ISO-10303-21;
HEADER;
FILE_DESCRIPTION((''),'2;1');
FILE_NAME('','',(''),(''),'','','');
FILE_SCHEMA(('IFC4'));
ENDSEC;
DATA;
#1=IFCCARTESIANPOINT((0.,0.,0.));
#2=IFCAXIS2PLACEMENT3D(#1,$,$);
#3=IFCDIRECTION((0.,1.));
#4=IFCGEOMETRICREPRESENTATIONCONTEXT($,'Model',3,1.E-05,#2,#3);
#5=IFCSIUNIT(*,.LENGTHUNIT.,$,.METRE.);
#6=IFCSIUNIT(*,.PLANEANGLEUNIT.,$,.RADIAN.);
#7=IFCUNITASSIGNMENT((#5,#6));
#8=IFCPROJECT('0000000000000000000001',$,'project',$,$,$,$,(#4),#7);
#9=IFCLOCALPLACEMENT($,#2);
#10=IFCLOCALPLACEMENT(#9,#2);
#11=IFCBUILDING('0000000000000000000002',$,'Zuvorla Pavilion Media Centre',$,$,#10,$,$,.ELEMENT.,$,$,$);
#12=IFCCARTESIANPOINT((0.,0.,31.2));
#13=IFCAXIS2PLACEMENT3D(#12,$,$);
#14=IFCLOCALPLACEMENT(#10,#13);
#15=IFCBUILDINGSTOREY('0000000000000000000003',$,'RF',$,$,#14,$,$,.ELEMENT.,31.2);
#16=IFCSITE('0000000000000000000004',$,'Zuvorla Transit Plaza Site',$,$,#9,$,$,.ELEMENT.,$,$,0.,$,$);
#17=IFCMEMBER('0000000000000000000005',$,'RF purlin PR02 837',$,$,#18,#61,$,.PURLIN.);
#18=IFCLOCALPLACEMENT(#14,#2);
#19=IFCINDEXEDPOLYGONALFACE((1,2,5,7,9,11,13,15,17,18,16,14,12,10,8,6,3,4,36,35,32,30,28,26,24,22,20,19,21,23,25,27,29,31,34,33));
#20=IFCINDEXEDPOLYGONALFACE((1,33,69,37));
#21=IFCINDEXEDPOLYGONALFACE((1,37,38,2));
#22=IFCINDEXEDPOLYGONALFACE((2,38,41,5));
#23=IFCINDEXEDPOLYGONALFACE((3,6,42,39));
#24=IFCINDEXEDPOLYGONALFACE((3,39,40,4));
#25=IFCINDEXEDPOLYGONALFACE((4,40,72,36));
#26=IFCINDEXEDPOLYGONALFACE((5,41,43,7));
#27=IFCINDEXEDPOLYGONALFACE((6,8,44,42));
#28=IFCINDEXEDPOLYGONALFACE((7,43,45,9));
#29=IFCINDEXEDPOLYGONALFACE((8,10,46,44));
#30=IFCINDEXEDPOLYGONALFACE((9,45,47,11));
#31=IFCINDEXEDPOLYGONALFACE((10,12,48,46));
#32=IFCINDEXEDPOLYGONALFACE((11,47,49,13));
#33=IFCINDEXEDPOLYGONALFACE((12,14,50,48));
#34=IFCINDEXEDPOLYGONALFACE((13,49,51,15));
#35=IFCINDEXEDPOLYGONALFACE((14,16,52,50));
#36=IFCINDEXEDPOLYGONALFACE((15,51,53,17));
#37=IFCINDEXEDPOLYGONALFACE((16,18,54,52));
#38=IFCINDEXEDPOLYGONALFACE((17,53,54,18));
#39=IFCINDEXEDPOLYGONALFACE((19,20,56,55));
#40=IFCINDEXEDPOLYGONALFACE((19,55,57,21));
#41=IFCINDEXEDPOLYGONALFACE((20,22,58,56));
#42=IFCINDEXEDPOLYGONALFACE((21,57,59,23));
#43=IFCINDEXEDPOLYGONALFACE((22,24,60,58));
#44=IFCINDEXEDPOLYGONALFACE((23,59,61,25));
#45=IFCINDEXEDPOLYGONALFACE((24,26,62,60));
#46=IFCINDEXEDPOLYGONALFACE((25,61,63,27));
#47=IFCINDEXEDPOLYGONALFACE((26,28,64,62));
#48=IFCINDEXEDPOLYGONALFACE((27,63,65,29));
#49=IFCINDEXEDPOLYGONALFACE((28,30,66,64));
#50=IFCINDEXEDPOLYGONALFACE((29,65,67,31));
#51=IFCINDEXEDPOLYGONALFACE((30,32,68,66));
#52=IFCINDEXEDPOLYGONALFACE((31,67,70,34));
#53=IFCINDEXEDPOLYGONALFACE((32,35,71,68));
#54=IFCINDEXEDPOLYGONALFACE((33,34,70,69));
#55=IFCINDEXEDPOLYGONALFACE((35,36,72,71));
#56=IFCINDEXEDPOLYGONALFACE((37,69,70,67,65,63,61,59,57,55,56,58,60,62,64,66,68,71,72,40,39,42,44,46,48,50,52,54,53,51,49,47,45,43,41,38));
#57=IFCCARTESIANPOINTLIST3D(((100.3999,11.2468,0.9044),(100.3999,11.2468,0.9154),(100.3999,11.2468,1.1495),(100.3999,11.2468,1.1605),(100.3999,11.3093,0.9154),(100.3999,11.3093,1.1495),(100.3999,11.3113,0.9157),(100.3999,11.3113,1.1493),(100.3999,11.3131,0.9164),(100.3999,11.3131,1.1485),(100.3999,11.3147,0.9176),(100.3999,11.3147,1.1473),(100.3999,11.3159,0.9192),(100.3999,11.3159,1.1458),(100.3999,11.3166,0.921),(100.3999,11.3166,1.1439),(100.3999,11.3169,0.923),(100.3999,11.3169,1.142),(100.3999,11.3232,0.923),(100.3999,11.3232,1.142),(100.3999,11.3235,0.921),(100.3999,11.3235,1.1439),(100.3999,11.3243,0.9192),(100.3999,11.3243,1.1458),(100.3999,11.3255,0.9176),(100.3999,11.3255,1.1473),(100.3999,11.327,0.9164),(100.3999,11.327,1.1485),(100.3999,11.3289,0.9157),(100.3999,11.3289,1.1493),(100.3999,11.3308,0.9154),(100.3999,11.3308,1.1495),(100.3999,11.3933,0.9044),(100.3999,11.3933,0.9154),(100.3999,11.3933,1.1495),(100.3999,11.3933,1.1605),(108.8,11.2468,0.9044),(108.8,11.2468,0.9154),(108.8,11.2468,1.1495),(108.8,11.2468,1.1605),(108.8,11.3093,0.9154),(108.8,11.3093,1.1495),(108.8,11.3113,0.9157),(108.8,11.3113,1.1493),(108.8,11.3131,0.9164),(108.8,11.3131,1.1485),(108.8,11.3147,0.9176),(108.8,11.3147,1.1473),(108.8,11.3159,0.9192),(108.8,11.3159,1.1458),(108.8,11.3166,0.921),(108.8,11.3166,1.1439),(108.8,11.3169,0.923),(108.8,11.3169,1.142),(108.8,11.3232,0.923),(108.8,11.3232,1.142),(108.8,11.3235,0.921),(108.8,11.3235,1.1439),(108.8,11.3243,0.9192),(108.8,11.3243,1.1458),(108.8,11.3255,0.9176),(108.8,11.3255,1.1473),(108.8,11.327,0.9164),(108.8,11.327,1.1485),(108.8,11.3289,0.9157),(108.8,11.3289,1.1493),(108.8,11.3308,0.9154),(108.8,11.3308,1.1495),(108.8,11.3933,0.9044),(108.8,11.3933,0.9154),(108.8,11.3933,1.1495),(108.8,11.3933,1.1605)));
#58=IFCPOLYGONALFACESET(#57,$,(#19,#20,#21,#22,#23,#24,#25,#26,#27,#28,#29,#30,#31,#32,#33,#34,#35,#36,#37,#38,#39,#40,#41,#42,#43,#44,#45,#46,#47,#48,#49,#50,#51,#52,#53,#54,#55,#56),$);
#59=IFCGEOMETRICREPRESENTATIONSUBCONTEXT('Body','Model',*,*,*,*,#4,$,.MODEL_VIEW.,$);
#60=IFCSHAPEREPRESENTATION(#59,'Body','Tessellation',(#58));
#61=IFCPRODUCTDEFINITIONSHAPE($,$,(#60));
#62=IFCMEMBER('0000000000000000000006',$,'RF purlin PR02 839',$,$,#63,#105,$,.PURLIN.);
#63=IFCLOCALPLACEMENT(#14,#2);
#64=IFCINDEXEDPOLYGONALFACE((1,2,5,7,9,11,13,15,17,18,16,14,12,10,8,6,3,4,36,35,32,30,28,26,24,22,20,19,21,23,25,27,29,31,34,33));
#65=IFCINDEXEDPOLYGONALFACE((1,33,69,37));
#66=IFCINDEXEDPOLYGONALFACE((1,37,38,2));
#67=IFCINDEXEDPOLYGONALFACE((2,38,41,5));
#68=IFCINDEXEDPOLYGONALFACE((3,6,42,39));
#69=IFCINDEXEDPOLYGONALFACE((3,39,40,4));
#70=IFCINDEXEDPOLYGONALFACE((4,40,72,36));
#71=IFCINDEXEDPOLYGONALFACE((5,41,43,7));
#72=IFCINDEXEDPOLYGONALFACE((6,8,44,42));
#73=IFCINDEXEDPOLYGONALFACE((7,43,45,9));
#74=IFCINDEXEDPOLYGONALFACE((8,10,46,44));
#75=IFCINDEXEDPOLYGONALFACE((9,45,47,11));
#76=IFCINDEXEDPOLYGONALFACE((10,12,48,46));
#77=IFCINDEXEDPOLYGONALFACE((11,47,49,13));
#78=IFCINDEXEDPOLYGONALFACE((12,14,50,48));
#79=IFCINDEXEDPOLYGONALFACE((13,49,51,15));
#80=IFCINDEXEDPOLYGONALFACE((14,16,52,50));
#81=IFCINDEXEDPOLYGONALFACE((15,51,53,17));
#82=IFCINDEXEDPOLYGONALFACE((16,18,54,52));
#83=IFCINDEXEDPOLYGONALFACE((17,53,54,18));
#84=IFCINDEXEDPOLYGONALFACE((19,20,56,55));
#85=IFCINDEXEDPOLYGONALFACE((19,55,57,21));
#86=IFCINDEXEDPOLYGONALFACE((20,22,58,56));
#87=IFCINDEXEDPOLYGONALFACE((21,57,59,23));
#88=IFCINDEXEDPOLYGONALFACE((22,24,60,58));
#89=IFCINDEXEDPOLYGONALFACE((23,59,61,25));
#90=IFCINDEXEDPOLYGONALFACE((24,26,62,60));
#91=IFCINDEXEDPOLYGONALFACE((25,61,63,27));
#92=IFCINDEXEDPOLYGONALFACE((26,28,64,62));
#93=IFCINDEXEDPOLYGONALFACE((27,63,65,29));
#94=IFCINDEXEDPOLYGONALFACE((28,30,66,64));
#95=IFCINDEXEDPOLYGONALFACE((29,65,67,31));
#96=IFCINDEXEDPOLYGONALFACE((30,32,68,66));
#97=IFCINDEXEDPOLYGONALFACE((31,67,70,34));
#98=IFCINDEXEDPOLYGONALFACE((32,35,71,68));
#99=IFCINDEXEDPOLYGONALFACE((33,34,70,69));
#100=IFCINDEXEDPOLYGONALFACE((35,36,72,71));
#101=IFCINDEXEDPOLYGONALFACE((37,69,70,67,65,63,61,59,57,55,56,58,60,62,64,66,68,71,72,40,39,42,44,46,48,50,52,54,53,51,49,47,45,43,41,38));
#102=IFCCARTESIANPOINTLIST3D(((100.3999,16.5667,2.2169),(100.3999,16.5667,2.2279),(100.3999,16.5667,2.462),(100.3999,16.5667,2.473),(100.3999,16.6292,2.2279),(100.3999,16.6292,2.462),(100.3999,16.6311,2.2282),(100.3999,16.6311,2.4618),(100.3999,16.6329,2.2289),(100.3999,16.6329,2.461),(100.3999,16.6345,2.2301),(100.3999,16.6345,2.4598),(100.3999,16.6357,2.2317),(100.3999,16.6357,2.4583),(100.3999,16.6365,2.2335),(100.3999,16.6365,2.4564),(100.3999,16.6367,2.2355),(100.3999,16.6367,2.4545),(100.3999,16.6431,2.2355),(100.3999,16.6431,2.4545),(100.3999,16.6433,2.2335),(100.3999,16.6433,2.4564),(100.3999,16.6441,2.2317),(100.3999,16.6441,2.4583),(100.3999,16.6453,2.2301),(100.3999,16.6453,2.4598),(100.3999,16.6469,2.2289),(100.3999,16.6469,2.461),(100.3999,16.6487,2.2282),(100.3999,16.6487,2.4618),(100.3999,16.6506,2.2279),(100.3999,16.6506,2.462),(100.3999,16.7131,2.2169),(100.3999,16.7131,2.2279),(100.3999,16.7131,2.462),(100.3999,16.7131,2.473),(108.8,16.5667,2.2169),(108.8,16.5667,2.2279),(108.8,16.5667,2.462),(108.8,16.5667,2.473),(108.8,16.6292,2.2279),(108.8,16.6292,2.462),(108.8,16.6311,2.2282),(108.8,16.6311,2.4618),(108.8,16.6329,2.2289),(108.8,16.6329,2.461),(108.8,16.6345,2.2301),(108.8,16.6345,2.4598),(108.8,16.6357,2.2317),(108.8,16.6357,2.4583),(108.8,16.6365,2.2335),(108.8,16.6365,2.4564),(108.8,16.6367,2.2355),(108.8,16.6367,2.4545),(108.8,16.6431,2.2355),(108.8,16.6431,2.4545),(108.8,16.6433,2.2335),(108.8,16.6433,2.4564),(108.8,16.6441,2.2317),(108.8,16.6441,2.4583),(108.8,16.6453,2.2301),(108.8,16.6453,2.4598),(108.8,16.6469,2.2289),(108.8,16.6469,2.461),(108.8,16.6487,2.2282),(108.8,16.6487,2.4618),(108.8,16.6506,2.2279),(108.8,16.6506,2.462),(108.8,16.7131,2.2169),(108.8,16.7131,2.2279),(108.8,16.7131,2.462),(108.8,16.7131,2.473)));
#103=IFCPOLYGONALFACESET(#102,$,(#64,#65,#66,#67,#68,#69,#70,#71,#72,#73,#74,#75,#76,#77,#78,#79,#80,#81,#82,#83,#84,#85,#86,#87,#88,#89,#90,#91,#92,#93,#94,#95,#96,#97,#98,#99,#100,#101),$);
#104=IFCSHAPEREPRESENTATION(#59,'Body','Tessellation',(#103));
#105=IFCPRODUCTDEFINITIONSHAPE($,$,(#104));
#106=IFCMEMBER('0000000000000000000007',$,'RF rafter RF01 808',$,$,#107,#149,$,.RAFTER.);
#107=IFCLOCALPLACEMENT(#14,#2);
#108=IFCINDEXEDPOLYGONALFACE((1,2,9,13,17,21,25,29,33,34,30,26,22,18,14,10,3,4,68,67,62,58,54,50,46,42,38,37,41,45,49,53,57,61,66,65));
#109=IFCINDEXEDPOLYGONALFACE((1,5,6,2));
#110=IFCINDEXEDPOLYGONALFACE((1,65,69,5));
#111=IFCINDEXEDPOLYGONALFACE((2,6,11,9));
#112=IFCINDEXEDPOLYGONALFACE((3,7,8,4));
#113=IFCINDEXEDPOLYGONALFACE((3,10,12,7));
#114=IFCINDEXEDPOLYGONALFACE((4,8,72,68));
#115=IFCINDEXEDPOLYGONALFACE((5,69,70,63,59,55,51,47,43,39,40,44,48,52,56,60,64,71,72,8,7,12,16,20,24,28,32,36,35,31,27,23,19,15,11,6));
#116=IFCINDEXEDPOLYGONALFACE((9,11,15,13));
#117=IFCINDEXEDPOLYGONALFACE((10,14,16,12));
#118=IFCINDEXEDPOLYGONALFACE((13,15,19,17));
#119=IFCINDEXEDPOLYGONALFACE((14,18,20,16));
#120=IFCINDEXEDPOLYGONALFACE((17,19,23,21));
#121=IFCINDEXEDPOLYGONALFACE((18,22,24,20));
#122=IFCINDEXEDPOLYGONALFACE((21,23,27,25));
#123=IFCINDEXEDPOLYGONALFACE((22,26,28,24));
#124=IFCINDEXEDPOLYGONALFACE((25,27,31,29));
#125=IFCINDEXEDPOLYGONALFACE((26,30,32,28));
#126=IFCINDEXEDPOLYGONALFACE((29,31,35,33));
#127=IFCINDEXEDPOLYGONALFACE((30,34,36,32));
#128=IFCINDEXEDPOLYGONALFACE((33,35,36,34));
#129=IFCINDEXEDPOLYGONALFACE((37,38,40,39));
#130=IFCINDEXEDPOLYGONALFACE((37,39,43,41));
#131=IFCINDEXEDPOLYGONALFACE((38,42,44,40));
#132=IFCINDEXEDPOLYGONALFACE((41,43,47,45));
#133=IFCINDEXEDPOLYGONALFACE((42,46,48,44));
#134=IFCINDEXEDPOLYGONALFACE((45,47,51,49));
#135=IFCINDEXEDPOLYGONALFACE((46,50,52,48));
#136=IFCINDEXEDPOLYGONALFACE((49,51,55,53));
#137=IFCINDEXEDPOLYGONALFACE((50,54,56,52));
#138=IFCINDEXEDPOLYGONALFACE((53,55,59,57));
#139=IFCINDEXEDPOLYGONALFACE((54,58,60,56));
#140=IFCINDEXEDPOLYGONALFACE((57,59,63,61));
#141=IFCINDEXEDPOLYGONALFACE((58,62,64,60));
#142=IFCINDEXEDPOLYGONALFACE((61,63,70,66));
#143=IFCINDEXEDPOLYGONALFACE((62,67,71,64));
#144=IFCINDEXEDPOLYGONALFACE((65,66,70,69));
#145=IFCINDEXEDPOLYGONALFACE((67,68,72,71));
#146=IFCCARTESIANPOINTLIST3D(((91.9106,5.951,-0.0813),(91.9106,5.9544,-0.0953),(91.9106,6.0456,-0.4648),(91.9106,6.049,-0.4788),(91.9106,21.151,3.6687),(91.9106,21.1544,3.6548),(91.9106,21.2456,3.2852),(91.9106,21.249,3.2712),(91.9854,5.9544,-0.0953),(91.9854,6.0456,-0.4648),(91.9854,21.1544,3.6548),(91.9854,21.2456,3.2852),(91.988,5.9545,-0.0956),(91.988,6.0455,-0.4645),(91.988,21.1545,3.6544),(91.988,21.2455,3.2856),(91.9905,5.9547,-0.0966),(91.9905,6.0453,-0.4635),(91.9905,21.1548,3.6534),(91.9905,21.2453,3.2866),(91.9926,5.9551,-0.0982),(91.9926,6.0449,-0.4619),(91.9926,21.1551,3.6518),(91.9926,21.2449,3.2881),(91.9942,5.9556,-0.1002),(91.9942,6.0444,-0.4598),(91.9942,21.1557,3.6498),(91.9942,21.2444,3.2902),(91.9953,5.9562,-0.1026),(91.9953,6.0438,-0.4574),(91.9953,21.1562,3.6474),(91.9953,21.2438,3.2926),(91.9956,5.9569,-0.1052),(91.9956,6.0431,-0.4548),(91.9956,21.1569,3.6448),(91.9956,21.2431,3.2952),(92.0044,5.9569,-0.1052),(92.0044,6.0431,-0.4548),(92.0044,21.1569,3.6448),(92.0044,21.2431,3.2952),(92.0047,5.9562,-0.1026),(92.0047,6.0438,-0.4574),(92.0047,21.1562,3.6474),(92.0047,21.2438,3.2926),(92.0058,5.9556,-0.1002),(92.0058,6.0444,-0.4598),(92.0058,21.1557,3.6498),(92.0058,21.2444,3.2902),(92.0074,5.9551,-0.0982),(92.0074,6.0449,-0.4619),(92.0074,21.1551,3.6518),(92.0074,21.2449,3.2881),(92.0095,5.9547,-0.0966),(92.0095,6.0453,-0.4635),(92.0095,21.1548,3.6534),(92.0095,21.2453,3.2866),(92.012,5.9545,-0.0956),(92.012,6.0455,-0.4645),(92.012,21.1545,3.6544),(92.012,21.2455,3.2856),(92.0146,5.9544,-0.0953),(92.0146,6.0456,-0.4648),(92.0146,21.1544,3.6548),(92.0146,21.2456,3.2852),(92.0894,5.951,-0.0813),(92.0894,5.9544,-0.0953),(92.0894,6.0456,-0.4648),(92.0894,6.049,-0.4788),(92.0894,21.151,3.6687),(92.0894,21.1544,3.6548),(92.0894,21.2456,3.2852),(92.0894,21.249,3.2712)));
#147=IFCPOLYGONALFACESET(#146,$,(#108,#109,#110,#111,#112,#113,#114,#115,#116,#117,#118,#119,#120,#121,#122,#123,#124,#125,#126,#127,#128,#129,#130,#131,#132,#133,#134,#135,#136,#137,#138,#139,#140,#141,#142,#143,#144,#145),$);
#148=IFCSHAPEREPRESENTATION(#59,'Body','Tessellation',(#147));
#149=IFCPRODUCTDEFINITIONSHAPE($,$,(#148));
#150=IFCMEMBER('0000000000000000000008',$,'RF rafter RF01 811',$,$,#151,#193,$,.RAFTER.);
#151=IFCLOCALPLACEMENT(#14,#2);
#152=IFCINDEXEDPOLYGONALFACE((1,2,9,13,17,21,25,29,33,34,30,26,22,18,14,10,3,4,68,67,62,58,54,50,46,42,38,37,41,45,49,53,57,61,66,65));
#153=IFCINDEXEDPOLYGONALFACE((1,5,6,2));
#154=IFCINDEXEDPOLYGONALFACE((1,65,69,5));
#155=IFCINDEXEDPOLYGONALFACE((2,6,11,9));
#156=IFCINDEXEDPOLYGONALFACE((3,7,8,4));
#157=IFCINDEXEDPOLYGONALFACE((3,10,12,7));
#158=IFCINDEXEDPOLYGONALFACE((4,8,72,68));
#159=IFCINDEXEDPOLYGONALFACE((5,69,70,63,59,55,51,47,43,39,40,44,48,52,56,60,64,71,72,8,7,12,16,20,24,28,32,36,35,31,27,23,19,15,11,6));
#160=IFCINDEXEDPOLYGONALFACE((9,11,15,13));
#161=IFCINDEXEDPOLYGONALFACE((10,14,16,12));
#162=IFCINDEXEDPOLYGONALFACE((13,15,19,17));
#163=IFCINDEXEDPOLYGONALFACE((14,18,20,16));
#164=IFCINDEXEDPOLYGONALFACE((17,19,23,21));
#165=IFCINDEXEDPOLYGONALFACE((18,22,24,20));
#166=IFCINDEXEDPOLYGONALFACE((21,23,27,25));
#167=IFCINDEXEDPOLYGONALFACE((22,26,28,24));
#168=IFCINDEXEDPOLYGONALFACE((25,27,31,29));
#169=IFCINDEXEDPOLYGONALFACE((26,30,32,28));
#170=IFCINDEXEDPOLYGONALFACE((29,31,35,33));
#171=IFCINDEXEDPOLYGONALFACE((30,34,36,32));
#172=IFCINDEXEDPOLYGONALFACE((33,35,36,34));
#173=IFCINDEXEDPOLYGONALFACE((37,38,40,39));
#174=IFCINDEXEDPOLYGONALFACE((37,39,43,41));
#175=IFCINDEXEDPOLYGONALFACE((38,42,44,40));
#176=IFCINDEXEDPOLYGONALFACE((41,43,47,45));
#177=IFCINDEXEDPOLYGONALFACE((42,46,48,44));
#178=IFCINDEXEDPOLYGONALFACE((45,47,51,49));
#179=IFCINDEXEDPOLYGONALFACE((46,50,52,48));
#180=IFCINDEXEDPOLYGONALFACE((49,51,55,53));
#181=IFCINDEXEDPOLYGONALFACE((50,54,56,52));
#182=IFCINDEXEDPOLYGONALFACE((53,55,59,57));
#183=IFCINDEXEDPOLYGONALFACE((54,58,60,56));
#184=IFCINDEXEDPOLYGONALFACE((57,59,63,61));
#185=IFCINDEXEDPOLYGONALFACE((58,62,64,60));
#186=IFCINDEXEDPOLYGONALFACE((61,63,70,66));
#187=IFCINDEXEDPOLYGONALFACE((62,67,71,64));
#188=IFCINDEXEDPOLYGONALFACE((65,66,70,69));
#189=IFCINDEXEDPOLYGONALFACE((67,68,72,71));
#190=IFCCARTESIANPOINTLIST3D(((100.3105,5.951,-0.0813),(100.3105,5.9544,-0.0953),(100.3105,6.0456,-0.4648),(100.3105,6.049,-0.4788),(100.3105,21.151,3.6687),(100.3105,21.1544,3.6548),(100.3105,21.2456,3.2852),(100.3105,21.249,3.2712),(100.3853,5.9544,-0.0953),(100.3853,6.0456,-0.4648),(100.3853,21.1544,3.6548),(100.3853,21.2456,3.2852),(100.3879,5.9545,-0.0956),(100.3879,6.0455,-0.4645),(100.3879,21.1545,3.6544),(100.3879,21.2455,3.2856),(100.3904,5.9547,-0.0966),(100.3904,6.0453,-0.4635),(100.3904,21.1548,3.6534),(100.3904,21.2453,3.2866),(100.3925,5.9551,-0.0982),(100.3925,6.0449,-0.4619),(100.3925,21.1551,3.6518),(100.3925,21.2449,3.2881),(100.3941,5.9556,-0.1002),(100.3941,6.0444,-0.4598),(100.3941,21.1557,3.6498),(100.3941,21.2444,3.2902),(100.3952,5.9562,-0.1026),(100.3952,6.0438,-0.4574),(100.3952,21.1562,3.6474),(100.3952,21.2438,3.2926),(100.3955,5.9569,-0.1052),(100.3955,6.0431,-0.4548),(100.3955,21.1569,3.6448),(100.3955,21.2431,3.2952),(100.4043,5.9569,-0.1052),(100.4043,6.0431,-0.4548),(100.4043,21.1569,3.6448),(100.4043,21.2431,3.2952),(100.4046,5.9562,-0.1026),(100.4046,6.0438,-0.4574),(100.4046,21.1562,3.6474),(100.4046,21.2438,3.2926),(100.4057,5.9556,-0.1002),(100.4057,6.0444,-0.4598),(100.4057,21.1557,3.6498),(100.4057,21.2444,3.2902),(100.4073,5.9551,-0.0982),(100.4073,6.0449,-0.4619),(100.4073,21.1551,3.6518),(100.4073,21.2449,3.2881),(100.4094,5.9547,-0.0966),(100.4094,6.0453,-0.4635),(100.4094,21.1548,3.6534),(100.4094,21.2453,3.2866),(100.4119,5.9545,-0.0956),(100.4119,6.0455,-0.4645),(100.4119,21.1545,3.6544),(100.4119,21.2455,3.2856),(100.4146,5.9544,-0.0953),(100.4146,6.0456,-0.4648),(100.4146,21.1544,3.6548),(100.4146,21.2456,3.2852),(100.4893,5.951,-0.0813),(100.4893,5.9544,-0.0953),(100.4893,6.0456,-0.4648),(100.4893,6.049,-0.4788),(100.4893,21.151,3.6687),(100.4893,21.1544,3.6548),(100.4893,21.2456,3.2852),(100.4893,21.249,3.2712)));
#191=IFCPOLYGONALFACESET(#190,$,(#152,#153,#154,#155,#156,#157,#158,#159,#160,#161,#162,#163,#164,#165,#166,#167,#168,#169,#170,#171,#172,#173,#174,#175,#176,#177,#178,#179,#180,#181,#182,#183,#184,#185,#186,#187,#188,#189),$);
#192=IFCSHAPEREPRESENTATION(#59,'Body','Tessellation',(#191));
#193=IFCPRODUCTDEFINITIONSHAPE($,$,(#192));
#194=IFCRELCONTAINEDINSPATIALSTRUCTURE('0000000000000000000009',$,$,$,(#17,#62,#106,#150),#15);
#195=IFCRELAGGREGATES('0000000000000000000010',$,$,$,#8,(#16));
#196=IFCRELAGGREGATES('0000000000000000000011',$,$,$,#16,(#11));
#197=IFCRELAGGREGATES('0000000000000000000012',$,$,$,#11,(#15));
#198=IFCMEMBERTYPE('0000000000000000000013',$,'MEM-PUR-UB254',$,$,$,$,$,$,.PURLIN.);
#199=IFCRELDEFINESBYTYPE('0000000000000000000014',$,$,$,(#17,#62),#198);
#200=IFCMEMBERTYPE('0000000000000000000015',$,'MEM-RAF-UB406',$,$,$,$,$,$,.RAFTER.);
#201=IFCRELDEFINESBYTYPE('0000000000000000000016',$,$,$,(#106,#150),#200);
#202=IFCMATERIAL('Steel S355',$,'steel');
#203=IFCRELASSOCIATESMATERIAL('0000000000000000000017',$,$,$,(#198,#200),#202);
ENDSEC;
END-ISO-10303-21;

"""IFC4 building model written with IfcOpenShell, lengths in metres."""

from ifc_helpers import new_model, si_unit, direction, frame, origin, origin_2d, place, context, subcontext, project, spatial, i_section, extrude, material, material_profile, profile_set, type_object, element, save


model = new_model("IFC4")

# Units and contexts
model_context = context("Model", 3, precision=1e-05, world=origin(), true_north=direction((0.0, 1.0)))
body_context = subcontext(model_context, "Body", "Model", "MODEL_VIEW")
ifc_project = project(units=[si_unit("LENGTHUNIT", "METRE"), si_unit("PLANEANGLEUNIT", "RADIAN")], contexts=[model_context])

# Site, building, storey
site_placement = place(None, origin())
site = spatial("IfcSite", under=ifc_project, at=site_placement, Name="Zuvorla Transit Plaza Site", CompositionType="ELEMENT", RefElevation=0.0)
building_placement = place(site_placement, origin())
building = spatial("IfcBuilding", under=site, at=building_placement, Name="Zuvorla Pavilion Media Centre", CompositionType="ELEMENT")
storey_placement = place(building_placement, frame((0.0, 0.0, 31.2)))
storey = spatial("IfcBuildingStorey", under=building, at=storey_placement, Name="RF", CompositionType="ELEMENT", Elevation=31.2)

# Shared definitions
ifc_material = material(Name="Steel S355", Category="steel")

# Members
ifc_material_profile_1 = material_profile(ifc_material, i_section(OverallWidth=0.1465, OverallDepth=0.2561, WebThickness=0.0063, FlangeThickness=0.011, FilletRadius=0.0076, at=origin_2d()), Name="UB 254x146x37")
ifc_profile_set_1 = profile_set([ifc_material_profile_1], Name="Steel S355")
member_type_1 = type_object("IfcMemberType", Name="MEM-PUR-UB254", PredefinedType="PURLIN", material=ifc_profile_set_1)
for number, where, z_axis, x_axis, name in (
    (1, (100.3999, 11.3201, 1.0325), (1.0, 0.0, 0.0), (0.0, 1.0, 0.0), "RF purlin PR02 837"),
    (2, (100.3999, 16.6399, 2.345), (1.0, 0.0, 0.0), (0.0, 1.0, 0.0), "RF purlin PR02 839"),
):
    element("IfcMember", number, at=place(storey_placement, frame(where, z_axis=z_axis, x_axis=x_axis)), inside=storey, type_object=member_type_1, Name=name, PredefinedType="PURLIN", context=body_context, shape_type="SweptSolid", body=[
        extrude(i_section(OverallWidth=0.1465, OverallDepth=0.2561, WebThickness=0.0063, FlangeThickness=0.011, FilletRadius=0.0076, at=origin_2d()), origin(), (0.0, 0.0, 1.0), 8.4001),
    ])
ifc_material_profile_2 = material_profile(ifc_material, i_section(OverallWidth=0.1787, OverallDepth=0.4094, WebThickness=0.0088, FlangeThickness=0.0144, FilletRadius=0.0103, at=origin_2d()), Name="UB 406x178x67")
ifc_profile_set_2 = profile_set([ifc_material_profile_2], Name="Steel S355")
member_type_2 = type_object("IfcMemberType", Name="MEM-RAF-UB406", PredefinedType="RAFTER", material=ifc_profile_set_2)
for number, where, z_axis, x_axis, name in (
    (3, (92.0, 6.0, -0.28), (0.0, 0.970889, 0.239529), (-1.0, 0.0, 0.0), "RF rafter RF01 808"),
    (4, (100.3999, 6.0, -0.28), (0.0, 0.970889, 0.239529), (-1.0, 0.0, 0.0), "RF rafter RF01 811"),
):
    element("IfcMember", number, at=place(storey_placement, frame(where, z_axis=z_axis, x_axis=x_axis)), inside=storey, type_object=member_type_2, Name=name, PredefinedType="RAFTER", context=body_context, shape_type="SweptSolid", body=[
        extrude(i_section(OverallWidth=0.1787, OverallDepth=0.4094, WebThickness=0.0088, FlangeThickness=0.0144, FilletRadius=0.0103, at=origin_2d()), origin(), (0.0, 0.0, 1.0), 15.6558),
    ])

save(model, "model.ifc")
